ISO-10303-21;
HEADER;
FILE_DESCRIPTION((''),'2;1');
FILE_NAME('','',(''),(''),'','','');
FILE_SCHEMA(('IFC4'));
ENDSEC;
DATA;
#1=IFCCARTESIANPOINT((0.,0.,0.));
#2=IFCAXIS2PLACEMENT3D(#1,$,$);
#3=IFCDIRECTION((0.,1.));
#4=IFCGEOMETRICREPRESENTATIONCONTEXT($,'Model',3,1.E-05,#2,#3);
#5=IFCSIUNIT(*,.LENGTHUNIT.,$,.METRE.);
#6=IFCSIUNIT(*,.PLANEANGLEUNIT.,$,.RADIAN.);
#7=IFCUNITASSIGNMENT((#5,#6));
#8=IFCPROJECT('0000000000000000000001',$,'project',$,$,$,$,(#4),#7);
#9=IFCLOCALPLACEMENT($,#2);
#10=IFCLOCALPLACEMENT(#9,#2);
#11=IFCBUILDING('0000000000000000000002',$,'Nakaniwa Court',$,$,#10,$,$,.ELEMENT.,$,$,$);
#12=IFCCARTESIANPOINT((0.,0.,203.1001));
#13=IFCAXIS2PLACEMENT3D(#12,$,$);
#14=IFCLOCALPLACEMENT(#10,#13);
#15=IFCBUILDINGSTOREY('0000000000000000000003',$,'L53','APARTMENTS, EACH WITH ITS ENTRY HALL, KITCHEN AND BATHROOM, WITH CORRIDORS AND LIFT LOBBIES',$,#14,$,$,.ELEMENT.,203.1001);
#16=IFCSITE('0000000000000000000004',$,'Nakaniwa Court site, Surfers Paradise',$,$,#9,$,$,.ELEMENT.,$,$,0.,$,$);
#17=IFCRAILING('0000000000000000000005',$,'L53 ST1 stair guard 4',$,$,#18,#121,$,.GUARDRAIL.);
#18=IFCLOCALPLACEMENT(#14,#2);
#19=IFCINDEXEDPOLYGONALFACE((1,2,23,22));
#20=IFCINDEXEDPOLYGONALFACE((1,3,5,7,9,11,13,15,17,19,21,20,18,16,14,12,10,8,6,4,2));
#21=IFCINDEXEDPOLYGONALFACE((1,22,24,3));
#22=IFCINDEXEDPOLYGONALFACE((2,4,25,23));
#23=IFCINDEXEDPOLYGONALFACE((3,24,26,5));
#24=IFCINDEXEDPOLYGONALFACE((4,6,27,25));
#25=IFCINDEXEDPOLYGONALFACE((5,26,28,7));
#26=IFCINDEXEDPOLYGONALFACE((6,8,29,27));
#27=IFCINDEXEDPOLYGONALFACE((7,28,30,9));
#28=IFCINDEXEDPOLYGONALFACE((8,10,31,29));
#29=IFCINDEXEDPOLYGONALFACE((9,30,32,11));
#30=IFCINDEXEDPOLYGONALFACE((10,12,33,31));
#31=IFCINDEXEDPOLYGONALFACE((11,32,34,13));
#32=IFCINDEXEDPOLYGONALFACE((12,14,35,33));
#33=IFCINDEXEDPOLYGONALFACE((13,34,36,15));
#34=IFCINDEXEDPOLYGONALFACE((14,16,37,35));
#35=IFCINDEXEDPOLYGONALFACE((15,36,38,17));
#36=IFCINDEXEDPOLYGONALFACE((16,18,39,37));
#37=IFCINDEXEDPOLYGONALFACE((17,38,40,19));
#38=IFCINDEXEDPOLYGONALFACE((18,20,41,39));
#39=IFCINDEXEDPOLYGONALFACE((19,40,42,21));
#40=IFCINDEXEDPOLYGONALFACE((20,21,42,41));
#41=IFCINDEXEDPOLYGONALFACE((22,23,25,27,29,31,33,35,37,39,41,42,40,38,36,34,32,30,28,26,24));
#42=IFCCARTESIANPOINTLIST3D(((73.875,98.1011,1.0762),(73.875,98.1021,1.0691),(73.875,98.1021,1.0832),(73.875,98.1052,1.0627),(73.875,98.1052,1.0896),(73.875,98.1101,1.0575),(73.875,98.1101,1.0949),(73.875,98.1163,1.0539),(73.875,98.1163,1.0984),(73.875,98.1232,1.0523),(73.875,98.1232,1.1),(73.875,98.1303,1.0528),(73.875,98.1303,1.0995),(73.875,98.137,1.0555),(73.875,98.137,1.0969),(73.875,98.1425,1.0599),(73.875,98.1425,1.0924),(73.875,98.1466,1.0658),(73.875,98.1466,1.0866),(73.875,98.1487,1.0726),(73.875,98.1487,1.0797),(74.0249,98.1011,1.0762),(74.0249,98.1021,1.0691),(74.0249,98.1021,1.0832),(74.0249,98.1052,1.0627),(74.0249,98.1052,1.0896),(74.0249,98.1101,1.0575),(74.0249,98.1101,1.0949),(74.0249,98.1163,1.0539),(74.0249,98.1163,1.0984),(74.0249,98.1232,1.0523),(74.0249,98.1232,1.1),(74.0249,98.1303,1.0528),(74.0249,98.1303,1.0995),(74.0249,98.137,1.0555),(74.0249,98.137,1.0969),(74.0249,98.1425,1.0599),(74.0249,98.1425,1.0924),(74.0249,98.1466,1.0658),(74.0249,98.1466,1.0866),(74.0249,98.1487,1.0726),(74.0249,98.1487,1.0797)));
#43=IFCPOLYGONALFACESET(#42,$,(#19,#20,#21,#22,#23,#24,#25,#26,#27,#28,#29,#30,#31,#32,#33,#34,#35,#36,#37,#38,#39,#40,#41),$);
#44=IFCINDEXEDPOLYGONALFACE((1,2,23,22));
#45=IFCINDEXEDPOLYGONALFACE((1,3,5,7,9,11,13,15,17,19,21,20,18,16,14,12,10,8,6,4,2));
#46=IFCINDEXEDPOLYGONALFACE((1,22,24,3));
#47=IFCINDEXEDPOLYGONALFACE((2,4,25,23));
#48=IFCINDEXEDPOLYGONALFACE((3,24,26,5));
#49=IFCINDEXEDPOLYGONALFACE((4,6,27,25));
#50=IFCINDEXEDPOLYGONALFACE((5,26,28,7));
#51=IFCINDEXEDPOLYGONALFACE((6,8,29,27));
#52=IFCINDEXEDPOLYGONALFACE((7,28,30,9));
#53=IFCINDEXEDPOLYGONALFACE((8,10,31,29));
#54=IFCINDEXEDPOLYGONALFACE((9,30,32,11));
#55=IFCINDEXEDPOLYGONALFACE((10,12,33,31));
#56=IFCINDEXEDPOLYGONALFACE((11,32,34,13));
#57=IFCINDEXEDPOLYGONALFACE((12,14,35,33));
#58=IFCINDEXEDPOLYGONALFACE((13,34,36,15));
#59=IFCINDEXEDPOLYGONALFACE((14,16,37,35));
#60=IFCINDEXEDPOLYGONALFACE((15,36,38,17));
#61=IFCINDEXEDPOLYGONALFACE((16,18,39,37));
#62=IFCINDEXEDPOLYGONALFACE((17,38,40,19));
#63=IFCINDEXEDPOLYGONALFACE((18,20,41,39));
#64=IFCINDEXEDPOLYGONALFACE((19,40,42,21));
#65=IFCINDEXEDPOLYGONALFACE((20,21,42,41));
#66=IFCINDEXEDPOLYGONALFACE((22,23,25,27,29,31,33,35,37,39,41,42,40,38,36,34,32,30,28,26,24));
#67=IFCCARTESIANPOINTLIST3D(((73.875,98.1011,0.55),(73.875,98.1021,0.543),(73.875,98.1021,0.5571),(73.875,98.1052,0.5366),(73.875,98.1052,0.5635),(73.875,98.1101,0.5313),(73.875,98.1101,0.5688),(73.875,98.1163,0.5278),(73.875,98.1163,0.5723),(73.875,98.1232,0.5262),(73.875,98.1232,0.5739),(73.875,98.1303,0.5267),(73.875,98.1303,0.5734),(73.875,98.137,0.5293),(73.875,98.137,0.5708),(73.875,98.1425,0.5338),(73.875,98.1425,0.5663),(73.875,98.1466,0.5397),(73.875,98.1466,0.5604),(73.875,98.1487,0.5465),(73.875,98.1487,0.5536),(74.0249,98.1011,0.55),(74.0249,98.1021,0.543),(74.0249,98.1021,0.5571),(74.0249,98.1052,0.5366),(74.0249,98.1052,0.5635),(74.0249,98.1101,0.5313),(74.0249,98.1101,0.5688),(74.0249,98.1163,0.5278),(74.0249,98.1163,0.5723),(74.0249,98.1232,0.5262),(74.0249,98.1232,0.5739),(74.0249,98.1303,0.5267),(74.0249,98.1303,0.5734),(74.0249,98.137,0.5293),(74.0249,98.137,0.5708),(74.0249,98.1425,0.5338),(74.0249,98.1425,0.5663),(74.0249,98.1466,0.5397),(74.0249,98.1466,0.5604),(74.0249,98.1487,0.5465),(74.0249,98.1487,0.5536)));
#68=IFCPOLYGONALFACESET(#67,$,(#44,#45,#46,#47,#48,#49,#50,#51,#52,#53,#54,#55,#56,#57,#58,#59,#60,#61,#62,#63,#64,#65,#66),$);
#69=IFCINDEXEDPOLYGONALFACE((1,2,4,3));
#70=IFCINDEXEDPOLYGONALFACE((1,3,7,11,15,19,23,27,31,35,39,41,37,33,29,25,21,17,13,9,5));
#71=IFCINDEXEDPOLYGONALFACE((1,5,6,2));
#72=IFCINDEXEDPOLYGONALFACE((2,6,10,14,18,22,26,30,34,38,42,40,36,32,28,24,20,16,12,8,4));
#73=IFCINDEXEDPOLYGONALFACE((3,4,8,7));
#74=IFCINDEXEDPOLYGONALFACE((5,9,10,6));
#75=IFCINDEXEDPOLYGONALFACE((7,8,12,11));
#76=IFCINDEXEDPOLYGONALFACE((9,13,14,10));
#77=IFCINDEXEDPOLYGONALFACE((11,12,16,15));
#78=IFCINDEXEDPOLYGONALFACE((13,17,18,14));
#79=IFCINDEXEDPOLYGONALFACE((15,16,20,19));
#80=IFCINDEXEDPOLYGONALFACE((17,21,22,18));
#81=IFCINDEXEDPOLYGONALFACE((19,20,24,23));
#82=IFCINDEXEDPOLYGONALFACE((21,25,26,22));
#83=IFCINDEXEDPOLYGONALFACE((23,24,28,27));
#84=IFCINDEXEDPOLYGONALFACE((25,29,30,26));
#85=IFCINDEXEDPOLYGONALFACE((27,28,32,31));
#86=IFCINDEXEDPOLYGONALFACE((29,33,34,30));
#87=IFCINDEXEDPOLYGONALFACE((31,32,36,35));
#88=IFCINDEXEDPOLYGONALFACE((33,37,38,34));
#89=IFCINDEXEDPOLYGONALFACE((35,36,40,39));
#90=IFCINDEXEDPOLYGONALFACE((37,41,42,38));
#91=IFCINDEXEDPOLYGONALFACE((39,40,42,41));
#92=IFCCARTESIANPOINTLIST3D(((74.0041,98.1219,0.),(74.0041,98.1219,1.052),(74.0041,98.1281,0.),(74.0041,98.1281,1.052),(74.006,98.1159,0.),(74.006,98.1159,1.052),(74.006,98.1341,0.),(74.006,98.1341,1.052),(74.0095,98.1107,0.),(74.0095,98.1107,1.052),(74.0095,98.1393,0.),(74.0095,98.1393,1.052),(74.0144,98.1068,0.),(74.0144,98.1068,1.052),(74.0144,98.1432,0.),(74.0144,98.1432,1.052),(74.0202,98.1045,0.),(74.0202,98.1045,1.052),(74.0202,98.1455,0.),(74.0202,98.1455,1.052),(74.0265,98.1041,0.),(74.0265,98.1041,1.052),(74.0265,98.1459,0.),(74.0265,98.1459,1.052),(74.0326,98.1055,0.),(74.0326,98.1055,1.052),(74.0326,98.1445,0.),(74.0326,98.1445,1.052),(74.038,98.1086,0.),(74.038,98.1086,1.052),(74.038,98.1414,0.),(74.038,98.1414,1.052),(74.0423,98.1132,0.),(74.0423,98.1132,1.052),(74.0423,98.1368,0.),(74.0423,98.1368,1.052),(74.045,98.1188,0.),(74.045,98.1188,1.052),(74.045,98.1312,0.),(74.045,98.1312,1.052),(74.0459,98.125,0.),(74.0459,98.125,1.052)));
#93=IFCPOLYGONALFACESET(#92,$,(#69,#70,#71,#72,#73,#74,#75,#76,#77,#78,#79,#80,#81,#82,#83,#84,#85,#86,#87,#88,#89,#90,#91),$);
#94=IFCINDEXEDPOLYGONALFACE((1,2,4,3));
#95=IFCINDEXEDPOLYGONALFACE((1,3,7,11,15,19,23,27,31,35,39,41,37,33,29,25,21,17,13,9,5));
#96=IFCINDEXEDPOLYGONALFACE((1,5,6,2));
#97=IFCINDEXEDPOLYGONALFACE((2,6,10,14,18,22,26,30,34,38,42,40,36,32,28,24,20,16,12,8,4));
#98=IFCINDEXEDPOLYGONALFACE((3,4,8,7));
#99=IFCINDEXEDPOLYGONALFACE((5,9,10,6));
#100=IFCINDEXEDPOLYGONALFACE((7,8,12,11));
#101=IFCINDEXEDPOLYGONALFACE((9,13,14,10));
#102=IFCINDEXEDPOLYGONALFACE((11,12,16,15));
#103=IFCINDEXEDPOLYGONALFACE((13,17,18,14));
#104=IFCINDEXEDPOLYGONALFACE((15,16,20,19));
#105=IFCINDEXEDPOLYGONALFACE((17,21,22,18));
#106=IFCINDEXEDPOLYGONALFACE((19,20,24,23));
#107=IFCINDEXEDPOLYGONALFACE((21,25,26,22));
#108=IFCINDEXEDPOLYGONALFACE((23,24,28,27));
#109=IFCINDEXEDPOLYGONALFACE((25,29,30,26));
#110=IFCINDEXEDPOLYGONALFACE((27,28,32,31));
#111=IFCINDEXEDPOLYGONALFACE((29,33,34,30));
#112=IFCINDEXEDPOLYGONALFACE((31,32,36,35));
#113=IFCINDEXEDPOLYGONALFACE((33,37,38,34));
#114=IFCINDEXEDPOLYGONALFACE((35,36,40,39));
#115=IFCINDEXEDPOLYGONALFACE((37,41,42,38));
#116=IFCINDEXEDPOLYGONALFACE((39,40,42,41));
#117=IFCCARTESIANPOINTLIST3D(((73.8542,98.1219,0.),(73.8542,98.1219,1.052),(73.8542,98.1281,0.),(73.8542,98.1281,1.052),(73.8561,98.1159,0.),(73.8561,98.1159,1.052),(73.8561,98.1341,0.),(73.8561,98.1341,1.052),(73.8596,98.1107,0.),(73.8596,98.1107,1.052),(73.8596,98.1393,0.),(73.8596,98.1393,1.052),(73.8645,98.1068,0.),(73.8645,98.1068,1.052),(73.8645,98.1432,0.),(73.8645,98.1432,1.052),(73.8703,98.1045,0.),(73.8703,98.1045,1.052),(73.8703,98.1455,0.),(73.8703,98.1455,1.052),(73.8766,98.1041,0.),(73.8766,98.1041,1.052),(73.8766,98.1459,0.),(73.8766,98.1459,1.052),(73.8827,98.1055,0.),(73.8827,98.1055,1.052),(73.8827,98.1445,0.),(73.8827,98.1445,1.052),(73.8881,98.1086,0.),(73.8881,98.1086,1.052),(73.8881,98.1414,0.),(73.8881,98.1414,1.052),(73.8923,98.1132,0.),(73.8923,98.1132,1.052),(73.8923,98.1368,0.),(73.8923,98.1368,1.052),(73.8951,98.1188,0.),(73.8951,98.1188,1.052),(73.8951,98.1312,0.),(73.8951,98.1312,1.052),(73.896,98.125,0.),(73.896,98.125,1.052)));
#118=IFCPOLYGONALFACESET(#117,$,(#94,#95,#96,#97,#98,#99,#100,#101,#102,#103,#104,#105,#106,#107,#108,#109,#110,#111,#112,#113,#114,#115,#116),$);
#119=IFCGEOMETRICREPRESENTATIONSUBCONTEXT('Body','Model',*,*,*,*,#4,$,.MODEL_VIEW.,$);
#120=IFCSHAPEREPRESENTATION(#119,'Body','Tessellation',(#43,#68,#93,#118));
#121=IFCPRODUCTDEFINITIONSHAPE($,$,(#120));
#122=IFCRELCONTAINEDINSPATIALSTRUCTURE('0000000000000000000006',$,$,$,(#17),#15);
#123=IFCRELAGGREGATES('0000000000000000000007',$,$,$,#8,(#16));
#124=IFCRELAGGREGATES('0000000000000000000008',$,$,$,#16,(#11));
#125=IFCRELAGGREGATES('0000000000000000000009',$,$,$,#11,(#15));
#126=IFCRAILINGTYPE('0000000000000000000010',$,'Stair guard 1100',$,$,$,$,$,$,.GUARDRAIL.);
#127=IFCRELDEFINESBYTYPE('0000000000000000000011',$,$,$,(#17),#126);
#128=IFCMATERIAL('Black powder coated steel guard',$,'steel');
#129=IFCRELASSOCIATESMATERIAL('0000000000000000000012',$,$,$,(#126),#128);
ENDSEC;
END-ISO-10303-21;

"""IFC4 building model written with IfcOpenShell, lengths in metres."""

from ifc_helpers import new_model, si_unit, direction, frame, origin, origin_2d, place, context, subcontext, project, spatial, circle, extrude, material, type_object, element, save


model = new_model("IFC4")

# Units and contexts
model_context = context("Model", 3, precision=1e-05, world=origin(), true_north=direction((0.0, 1.0)))
body_context = subcontext(model_context, "Body", "Model", "MODEL_VIEW")
ifc_project = project(units=[si_unit("LENGTHUNIT", "METRE"), si_unit("PLANEANGLEUNIT", "RADIAN")], contexts=[model_context])

# Site, building, storey
site_placement = place(None, origin())
site = spatial("IfcSite", under=ifc_project, at=site_placement, Name="Nakaniwa Court site, Surfers Paradise", CompositionType="ELEMENT", RefElevation=0.0)
building_placement = place(site_placement, origin())
building = spatial("IfcBuilding", under=site, at=building_placement, Name="Nakaniwa Court", CompositionType="ELEMENT")
storey_placement = place(building_placement, frame((0.0, 0.0, 203.1001)))
storey = spatial("IfcBuildingStorey", under=building, at=storey_placement, Name="L53", Description="APARTMENTS, EACH WITH ITS ENTRY HALL, KITCHEN AND BATHROOM, WITH CORRIDORS AND LIFT LOBBIES", CompositionType="ELEMENT", Elevation=203.1001)

# Railing
ifc_material_1 = material(Name="Black powder coated steel guard", Category="steel")
railing_type_1 = type_object("IfcRailingType", Name="Stair guard 1100", PredefinedType="GUARDRAIL", material=ifc_material_1)
railing_1_placement = place(storey_placement, frame((74.0249, 98.125, 0.0)))
element("IfcRailing", 1, at=railing_1_placement, inside=storey, type_object=railing_type_1, Name="L53 ST1 stair guard 4", PredefinedType="GUARDRAIL", context=body_context, shape_type="SweptSolid", body=[
    extrude(circle(Radius=0.0239, at=origin_2d()), frame((0.0, 0.0, 1.0762), z_axis=(-1.0, 0.0, 0.0), x_axis=(0.0, -1.0, 0.0)), (0.0, 0.0, 1.0), 0.1499),
    extrude(circle(Radius=0.0239, at=origin_2d()), frame((0.0, 0.0, 0.55), z_axis=(-1.0, 0.0, 0.0), x_axis=(0.0, -1.0, 0.0)), (0.0, 0.0, 1.0), 0.1499),
    extrude(circle(Radius=0.021, at=origin_2d()), origin(), (0.0, 0.0, 1.0), 1.052),
    extrude(circle(Radius=0.021, at=origin_2d()), frame((-0.1499, 0.0, 0.0)), (0.0, 0.0, 1.0), 1.052),
])

save(model, "model.ifc")
